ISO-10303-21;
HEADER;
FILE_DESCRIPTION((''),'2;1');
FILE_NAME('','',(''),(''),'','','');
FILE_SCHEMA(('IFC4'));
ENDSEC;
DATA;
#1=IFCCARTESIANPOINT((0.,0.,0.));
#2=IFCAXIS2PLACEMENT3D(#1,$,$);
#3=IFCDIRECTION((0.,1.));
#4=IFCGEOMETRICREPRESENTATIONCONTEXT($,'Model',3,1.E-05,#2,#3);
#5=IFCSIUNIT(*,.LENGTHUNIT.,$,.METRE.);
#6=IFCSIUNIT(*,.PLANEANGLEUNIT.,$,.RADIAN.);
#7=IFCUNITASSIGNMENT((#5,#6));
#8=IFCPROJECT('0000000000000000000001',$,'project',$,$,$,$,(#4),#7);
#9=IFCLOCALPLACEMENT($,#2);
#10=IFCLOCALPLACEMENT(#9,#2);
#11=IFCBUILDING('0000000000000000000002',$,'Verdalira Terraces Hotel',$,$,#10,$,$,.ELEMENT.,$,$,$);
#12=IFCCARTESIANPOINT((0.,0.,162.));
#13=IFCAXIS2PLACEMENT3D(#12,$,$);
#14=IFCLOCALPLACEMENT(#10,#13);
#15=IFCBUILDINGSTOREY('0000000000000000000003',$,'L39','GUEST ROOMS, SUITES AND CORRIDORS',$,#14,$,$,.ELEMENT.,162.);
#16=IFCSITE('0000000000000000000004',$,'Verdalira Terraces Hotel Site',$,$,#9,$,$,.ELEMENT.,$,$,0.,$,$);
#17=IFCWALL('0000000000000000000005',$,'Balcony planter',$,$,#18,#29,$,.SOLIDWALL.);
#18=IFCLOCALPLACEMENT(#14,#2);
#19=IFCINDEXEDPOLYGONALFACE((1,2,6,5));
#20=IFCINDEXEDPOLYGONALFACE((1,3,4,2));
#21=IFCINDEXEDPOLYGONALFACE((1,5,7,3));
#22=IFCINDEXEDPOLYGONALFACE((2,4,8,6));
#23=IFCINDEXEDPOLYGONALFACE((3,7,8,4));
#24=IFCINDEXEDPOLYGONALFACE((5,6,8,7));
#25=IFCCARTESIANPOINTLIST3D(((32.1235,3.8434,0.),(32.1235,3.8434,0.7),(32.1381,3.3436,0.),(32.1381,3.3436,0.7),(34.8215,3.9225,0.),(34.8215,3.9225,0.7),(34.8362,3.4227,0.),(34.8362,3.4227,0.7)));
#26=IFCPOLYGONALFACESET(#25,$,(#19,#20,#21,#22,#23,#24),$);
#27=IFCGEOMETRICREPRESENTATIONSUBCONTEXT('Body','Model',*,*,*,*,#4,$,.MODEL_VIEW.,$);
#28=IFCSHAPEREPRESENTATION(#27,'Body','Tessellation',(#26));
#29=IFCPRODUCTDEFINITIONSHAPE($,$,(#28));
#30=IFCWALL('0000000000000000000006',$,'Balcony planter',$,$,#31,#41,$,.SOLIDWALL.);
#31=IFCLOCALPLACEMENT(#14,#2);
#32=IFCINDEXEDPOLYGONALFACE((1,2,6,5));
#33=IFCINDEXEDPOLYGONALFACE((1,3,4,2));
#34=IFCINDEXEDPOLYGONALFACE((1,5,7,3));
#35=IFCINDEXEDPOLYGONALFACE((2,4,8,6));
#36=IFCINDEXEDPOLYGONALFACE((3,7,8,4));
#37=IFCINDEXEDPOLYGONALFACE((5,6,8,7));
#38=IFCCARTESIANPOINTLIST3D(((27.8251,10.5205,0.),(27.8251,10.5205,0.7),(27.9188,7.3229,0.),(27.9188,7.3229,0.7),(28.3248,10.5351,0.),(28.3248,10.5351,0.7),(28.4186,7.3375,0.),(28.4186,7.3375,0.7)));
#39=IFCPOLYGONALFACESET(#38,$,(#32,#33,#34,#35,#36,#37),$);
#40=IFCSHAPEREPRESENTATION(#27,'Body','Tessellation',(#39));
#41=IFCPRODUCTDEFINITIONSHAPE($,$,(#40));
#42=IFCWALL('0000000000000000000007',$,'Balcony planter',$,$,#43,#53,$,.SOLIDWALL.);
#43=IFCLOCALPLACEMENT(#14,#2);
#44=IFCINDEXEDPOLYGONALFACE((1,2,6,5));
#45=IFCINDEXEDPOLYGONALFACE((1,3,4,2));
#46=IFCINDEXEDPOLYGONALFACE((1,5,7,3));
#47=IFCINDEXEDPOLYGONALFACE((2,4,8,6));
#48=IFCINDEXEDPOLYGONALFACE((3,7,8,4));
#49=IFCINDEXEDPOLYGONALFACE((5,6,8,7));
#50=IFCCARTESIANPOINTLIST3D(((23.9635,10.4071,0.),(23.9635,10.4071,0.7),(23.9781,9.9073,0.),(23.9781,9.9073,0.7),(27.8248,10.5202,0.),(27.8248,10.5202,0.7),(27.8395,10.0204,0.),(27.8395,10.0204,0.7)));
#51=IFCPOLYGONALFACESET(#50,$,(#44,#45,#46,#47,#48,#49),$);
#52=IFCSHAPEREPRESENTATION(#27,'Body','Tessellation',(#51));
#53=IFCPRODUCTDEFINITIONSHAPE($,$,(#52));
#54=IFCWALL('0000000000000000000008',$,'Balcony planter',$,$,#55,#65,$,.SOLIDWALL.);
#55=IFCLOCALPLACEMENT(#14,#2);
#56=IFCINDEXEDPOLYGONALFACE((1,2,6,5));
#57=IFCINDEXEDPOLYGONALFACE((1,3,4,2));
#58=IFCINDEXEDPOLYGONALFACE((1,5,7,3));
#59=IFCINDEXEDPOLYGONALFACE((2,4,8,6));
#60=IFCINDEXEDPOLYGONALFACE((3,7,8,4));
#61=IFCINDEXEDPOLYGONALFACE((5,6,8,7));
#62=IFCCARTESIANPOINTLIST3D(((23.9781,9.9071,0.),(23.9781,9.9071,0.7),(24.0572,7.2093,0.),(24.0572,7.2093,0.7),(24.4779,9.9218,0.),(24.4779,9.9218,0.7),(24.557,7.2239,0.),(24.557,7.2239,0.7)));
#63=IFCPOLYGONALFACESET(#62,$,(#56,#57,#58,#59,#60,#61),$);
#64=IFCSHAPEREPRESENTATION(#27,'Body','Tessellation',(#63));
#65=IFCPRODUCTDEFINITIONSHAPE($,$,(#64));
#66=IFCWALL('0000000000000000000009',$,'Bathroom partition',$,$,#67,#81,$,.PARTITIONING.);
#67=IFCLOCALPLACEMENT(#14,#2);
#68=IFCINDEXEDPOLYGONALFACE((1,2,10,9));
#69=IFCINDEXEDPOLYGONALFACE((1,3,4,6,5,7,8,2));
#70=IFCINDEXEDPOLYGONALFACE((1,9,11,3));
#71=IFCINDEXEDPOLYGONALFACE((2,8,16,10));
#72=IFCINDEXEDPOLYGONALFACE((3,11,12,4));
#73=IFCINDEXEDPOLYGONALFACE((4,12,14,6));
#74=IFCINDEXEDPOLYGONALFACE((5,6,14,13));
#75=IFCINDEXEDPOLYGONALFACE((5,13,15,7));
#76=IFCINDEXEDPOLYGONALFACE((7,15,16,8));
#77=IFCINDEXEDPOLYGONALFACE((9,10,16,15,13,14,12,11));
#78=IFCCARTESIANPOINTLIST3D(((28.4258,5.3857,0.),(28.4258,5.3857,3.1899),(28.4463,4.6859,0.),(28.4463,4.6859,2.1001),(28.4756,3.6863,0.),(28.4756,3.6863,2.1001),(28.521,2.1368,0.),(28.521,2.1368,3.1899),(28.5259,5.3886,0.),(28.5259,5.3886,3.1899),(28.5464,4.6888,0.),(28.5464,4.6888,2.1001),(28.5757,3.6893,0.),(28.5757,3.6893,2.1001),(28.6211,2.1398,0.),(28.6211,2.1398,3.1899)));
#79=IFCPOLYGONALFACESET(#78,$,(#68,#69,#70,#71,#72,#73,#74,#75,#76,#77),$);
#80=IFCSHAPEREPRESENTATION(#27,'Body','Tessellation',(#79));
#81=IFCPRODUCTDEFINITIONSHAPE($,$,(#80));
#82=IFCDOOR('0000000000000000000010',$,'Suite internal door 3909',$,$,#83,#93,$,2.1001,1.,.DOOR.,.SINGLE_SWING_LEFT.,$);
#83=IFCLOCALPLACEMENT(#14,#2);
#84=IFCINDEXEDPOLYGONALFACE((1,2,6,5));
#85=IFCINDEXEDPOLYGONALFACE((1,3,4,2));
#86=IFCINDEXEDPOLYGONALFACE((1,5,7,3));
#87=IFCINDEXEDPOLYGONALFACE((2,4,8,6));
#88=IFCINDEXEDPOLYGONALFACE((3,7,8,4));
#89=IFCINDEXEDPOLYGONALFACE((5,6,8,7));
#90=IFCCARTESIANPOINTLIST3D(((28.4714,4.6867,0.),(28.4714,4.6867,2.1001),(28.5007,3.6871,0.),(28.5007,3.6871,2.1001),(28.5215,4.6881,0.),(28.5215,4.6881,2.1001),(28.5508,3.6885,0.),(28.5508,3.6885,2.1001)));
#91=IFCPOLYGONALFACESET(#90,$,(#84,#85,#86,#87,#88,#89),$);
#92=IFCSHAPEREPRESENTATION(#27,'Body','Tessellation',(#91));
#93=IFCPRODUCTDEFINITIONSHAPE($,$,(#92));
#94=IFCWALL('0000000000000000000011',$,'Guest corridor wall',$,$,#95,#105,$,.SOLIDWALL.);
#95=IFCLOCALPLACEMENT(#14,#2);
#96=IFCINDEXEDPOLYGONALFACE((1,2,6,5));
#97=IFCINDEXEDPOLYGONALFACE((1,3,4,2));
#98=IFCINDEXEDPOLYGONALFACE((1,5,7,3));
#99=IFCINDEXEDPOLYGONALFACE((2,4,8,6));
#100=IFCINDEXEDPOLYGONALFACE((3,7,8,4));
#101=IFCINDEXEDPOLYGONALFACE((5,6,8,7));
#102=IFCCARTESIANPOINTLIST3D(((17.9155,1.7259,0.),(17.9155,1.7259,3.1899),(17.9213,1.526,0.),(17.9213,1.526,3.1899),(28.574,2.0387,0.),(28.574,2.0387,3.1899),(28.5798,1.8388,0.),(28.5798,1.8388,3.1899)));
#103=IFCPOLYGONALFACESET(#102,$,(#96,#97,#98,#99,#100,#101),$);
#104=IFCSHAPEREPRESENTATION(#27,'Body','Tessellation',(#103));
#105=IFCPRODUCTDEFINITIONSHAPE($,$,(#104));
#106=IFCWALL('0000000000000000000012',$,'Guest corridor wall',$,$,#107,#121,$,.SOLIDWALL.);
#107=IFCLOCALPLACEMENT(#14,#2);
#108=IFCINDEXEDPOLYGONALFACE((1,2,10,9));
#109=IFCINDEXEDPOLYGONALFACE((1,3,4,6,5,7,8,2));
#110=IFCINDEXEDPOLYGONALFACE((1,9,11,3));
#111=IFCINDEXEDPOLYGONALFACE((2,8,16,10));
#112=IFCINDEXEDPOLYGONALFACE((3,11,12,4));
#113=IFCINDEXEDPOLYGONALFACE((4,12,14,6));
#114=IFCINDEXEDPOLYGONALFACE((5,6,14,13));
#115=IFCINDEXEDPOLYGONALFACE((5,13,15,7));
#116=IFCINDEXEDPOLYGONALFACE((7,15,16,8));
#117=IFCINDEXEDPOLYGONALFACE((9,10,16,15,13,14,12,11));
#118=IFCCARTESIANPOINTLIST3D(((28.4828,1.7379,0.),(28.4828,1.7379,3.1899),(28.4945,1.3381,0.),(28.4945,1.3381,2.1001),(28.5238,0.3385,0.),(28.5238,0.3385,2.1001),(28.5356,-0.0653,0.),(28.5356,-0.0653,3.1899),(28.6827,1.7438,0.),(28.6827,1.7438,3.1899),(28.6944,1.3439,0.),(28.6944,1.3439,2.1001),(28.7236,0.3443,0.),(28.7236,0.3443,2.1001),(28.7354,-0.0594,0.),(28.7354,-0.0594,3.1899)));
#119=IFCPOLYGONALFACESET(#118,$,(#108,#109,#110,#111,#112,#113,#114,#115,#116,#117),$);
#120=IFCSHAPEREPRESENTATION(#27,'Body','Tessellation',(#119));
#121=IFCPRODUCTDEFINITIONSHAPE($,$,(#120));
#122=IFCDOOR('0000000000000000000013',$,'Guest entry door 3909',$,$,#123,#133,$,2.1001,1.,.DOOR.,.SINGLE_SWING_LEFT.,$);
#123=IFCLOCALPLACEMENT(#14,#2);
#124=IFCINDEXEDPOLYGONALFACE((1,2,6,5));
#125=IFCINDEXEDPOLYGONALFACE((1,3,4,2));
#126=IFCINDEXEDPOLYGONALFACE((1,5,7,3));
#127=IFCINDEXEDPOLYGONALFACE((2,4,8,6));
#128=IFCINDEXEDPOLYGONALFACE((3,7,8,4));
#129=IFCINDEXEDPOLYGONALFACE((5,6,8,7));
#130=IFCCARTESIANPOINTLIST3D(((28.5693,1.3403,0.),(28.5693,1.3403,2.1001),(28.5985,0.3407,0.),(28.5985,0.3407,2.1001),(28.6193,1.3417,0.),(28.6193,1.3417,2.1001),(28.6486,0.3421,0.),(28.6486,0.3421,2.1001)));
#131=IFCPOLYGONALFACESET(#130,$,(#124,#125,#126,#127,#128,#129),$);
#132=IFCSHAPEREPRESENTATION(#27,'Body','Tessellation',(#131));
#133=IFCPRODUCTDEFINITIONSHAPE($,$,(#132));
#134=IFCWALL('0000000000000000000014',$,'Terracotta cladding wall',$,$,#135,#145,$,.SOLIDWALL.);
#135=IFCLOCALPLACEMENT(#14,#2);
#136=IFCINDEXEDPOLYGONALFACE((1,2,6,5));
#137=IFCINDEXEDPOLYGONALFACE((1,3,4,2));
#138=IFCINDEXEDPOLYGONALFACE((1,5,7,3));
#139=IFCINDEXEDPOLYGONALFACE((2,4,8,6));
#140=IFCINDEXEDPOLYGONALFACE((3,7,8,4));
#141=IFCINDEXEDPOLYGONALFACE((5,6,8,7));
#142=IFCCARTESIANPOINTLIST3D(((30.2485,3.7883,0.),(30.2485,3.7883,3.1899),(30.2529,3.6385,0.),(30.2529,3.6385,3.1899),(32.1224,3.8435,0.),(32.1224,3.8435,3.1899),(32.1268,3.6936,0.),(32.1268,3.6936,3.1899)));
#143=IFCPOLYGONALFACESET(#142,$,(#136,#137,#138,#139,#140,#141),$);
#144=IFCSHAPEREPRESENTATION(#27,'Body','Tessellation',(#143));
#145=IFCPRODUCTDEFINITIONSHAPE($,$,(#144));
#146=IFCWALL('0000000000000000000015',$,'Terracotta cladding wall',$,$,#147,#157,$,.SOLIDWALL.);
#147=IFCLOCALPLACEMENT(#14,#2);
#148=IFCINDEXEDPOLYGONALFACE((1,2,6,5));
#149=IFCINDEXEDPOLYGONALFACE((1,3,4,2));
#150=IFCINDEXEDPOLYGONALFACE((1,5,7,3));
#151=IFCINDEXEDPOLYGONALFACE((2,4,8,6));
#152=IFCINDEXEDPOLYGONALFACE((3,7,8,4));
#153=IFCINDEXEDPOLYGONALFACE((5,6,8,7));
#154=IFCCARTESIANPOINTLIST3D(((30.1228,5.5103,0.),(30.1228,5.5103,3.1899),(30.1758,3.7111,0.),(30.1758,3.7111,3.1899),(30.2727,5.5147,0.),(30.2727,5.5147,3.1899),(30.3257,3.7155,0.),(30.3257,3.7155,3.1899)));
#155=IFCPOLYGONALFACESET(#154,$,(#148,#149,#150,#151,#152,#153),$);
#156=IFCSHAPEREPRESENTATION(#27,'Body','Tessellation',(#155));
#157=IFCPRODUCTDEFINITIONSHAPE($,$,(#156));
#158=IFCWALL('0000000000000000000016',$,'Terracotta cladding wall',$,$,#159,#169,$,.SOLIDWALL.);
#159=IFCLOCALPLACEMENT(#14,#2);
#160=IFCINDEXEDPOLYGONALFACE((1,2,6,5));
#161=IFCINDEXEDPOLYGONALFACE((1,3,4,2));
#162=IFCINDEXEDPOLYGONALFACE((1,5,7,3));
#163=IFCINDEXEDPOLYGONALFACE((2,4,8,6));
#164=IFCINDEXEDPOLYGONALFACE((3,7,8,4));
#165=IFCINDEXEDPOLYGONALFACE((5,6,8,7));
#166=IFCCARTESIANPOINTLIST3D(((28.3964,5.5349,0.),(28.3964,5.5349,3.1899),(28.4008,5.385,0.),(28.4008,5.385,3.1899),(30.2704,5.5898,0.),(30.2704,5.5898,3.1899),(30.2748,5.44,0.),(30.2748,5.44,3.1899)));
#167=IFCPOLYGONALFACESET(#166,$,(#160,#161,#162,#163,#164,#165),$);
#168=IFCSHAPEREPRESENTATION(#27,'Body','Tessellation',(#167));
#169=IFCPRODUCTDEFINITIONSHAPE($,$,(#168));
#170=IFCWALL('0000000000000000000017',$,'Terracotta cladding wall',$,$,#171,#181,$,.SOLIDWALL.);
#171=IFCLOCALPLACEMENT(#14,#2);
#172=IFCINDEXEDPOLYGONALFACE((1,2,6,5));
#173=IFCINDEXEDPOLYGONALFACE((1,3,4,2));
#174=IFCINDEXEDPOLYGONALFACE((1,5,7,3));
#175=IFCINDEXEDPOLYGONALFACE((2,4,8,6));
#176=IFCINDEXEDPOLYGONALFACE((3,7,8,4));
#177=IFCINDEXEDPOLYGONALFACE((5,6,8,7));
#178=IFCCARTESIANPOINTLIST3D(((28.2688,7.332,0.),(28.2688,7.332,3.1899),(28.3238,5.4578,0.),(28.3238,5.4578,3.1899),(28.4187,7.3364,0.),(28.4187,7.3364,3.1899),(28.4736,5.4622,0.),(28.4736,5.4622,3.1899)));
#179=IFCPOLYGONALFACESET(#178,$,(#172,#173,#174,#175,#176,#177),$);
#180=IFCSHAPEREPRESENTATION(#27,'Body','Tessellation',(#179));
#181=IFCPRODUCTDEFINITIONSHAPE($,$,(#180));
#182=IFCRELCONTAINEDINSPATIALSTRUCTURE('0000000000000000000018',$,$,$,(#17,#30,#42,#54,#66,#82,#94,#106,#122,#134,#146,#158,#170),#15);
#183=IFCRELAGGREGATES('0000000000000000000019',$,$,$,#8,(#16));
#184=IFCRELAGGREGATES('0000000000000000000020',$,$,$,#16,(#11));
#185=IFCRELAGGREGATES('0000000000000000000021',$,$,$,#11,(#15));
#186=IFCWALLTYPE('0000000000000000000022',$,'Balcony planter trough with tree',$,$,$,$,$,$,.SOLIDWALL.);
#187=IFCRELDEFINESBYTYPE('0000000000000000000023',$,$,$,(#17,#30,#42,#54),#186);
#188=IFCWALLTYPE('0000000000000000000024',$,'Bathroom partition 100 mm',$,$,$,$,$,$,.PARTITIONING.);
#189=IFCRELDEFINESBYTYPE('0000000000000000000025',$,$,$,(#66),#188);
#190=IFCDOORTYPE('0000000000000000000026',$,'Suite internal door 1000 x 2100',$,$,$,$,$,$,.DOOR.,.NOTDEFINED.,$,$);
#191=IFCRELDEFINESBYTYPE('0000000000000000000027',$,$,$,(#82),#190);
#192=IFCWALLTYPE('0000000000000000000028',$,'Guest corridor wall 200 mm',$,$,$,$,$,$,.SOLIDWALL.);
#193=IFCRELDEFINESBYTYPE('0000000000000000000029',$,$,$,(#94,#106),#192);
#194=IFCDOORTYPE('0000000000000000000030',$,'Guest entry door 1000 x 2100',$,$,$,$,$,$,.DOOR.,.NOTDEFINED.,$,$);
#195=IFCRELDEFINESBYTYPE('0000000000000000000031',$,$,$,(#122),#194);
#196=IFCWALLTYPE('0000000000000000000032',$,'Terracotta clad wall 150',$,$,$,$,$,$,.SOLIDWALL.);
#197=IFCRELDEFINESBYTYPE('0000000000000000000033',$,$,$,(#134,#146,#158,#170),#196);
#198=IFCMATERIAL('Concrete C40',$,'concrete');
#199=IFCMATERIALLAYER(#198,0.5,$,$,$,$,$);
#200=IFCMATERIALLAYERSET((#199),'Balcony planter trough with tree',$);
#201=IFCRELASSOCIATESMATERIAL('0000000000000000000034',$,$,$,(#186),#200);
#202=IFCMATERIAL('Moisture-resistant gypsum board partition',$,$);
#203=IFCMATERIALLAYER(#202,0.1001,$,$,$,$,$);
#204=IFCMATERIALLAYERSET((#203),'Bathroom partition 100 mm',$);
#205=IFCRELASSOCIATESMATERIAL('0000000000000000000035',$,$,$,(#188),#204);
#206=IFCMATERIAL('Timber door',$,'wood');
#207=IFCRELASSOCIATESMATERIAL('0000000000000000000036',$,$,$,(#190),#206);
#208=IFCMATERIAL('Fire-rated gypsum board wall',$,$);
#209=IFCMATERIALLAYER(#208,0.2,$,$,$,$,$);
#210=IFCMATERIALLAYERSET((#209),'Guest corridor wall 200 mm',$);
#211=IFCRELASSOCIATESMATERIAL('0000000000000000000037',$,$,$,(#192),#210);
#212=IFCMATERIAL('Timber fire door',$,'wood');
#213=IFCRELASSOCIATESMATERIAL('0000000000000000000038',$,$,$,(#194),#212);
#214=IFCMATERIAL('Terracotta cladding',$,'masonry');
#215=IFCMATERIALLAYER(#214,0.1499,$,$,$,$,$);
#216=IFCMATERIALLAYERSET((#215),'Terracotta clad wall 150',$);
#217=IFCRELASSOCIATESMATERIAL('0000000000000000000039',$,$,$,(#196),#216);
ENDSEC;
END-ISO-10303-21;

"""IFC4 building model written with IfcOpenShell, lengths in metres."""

from ifc_helpers import new_model, si_unit, direction, frame, frame_2d, origin, place, context, subcontext, project, spatial, rectangle, extrude, material, layer, layer_set, type_object, element, fill, save


model = new_model("IFC4")

# Units and contexts
model_context = context("Model", 3, precision=1e-05, world=origin(), true_north=direction((0.0, 1.0)))
body_context = subcontext(model_context, "Body", "Model", "MODEL_VIEW")
ifc_project = project(units=[si_unit("LENGTHUNIT", "METRE"), si_unit("PLANEANGLEUNIT", "RADIAN")], contexts=[model_context])

# Site, building, storey
site_placement = place(None, origin())
site = spatial("IfcSite", under=ifc_project, at=site_placement, Name="Verdalira Terraces Hotel Site", CompositionType="ELEMENT", RefElevation=0.0)
building_placement = place(site_placement, origin())
building = spatial("IfcBuilding", under=site, at=building_placement, Name="Verdalira Terraces Hotel", CompositionType="ELEMENT")
storey_placement = place(building_placement, frame((0.0, 0.0, 162.0)))
storey = spatial("IfcBuildingStorey", under=building, at=storey_placement, Name="L39", Description="GUEST ROOMS, SUITES AND CORRIDORS", CompositionType="ELEMENT", Elevation=162.0)

# Walls
ifc_material_1 = material(Name="Concrete C40", Category="concrete")
ifc_layer_1 = layer(ifc_material_1, 0.5)
ifc_layer_set_1 = layer_set([ifc_layer_1], Name="Balcony planter trough with tree")
wall_type_1 = type_object("IfcWallType", Name="Balcony planter trough with tree", PredefinedType="SOLIDWALL", material=ifc_layer_set_1)
wall_1_placement = place(storey_placement, frame((34.8289, 3.6726, 0.0), z_axis=(0.0, 0.0, 1.0), x_axis=(-0.99957, -0.029306, 0.0)))
element("IfcWall", 1, at=wall_1_placement, inside=storey, type_object=wall_type_1, Name="Balcony planter", PredefinedType="SOLIDWALL", context=body_context, shape_type="SweptSolid", body=[
    extrude(rectangle(XDim=2.6992, YDim=0.5, at=frame_2d((1.3496, 0.0))), origin(), (0.0, 0.0, 1.0), 0.7),
])
wall_2_placement = place(storey_placement, frame((28.1687, 7.3301, 0.0), z_axis=(0.0, 0.0, 1.0), x_axis=(-0.029307, 0.99957, 0.0)))
element("IfcWall", 2, at=wall_2_placement, inside=storey, type_object=wall_type_1, Name="Balcony planter", PredefinedType="SOLIDWALL", context=body_context, shape_type="SweptSolid", body=[
    extrude(rectangle(XDim=3.199, YDim=0.5, at=frame_2d((1.5996, 0.0))), origin(), (0.0, 0.0, 1.0), 0.7),
])
wall_3_placement = place(storey_placement, frame((27.8323, 10.2703, 0.0), z_axis=(0.0, 0.0, 1.0), x_axis=(-0.999572, -0.029262, 0.0)))
element("IfcWall", 3, at=wall_3_placement, inside=storey, type_object=wall_type_1, Name="Balcony planter", PredefinedType="SOLIDWALL", context=body_context, shape_type="SweptSolid", body=[
    extrude(rectangle(XDim=3.863, YDim=0.5, at=frame_2d((1.9316, 0.0))), origin(), (0.0, 0.0, 1.0), 0.7),
])
wall_4_placement = place(storey_placement, frame((24.228, 9.9146, 0.0), z_axis=(0.0, 0.0, 1.0), x_axis=(0.029309, -0.99957, 0.0)))
element("IfcWall", 4, at=wall_4_placement, inside=storey, type_object=wall_type_1, Name="Balcony planter", PredefinedType="SOLIDWALL", context=body_context, shape_type="SweptSolid", body=[
    extrude(rectangle(XDim=2.699, YDim=0.5, at=frame_2d((1.3496, 0.0))), origin(), (0.0, 0.0, 1.0), 0.7),
])

# Wall, opening, door
ifc_material_2 = material(Name="Moisture-resistant gypsum board partition")
ifc_layer_2 = layer(ifc_material_2, 0.1001)
ifc_layer_set_2 = layer_set([ifc_layer_2], Name="Bathroom partition 100 mm")
wall_type_2 = type_object("IfcWallType", Name="Bathroom partition 100 mm", PredefinedType="PARTITIONING", material=ifc_layer_set_2)
wall_5_placement = place(storey_placement, frame((28.571, 2.1384, 0.0), z_axis=(0.0, 0.0, 1.0), x_axis=(-0.029295, 0.999571, 0.0)))
wall_5 = element("IfcWall", 5, at=wall_5_placement, inside=storey, type_object=wall_type_2, Name="Bathroom partition", PredefinedType="PARTITIONING", context=body_context, shape_type="SweptSolid", body=[
    extrude(rectangle(XDim=3.2502, YDim=0.1001, at=frame_2d((1.625, 0.0))), origin(), (0.0, 0.0, 1.0), 3.1899),
])
opening_1_placement = place(wall_5_placement, frame((1.55, 0.0, 0.0)))
opening_1 = element("IfcOpeningElement", 6, at=opening_1_placement, cuts=wall_5, PredefinedType="OPENING", context=body_context, shape_type="SweptSolid", body=[
    extrude(rectangle(XDim=1.0, YDim=2.1001, at=frame_2d((0.5, 1.05))), frame((0.0, 0.0601, 0.0), z_axis=(0.0, -1.0, 0.0), x_axis=(1.0, 0.0, 0.0)), (0.0, 0.0, 1.0), 0.1201),
])
ifc_material_3 = material(Name="Timber door", Category="wood")
door_type_1 = type_object("IfcDoorType", Name="Suite internal door 1000 x 2100", OperationType="NOTDEFINED", PredefinedType="DOOR", material=ifc_material_3)
door_1_placement = place(opening_1_placement, origin())
door_1 = element("IfcDoor", 7, at=door_1_placement, inside=storey, type_object=door_type_1, Name="Suite internal door 3909", OperationType="SINGLE_SWING_LEFT", OverallHeight=2.1001, OverallWidth=1.0, PredefinedType="DOOR", context=body_context, shape_type="SweptSolid", body=[
    extrude(rectangle(XDim=1.0, YDim=2.1001, at=frame_2d((0.5, 1.05))), frame((0.0, 0.0249, 0.0), z_axis=(0.0, -1.0, 0.0), x_axis=(1.0, 0.0, 0.0)), (0.0, 0.0, 1.0), 0.05),
])
fill(opening_1, door_1)

# Wall
ifc_material_4 = material(Name="Fire-rated gypsum board wall")
ifc_layer_3 = layer(ifc_material_4, 0.2)
ifc_layer_set_3 = layer_set([ifc_layer_3], Name="Guest corridor wall 200 mm")
wall_type_3 = type_object("IfcWallType", Name="Guest corridor wall 200 mm", PredefinedType="SOLIDWALL", material=ifc_layer_set_3)
wall_6_placement = place(storey_placement, frame((28.5769, 1.9387, 0.0), z_axis=(0.0, 0.0, 1.0), x_axis=(-0.99957, -0.02933, 0.0)))
element("IfcWall", 8, at=wall_6_placement, inside=storey, type_object=wall_type_3, Name="Guest corridor wall", PredefinedType="SOLIDWALL", context=body_context, shape_type="SweptSolid", body=[
    extrude(rectangle(XDim=10.6631, YDim=0.2, at=frame_2d((5.3315, 0.0))), origin(), (0.0, 0.0, 1.0), 3.1899),
])

# Wall, opening, door
wall_7_placement = place(storey_placement, frame((28.5828, 1.7407, 0.0), z_axis=(0.0, 0.0, 1.0), x_axis=(0.029232, -0.999573, 0.0)))
wall_7 = element("IfcWall", 9, at=wall_7_placement, inside=storey, type_object=wall_type_3, Name="Guest corridor wall", PredefinedType="SOLIDWALL", context=body_context, shape_type="SweptSolid", body=[
    extrude(rectangle(XDim=1.804, YDim=0.2, at=frame_2d((0.9019, 0.0))), origin(), (0.0, 0.0, 1.0), 3.1899),
])
opening_2_placement = place(wall_7_placement, frame((0.3999, 0.0, 0.0)))
opening_2 = element("IfcOpeningElement", 10, at=opening_2_placement, cuts=wall_7, PredefinedType="OPENING", context=body_context, shape_type="SweptSolid", body=[
    extrude(rectangle(XDim=1.0, YDim=2.1001, at=frame_2d((0.5, 1.05))), frame((0.0, 0.1099, 0.0), z_axis=(0.0, -1.0, 0.0), x_axis=(1.0, 0.0, 0.0)), (0.0, 0.0, 1.0), 0.22),
])
ifc_material_5 = material(Name="Timber fire door", Category="wood")
door_type_2 = type_object("IfcDoorType", Name="Guest entry door 1000 x 2100", OperationType="NOTDEFINED", PredefinedType="DOOR", material=ifc_material_5)
door_2_placement = place(opening_2_placement, origin())
door_2 = element("IfcDoor", 11, at=door_2_placement, inside=storey, type_object=door_type_2, Name="Guest entry door 3909", OperationType="SINGLE_SWING_LEFT", OverallHeight=2.1001, OverallWidth=1.0, PredefinedType="DOOR", context=body_context, shape_type="SweptSolid", body=[
    extrude(rectangle(XDim=1.0, YDim=2.1001, at=frame_2d((0.5, 1.05))), frame((0.0, 0.0249, 0.0), z_axis=(0.0, -1.0, 0.0), x_axis=(1.0, 0.0, 0.0)), (0.0, 0.0, 1.0), 0.05),
])
fill(opening_2, door_2)

# Walls
ifc_material_6 = material(Name="Terracotta cladding", Category="masonry")
ifc_layer_4 = layer(ifc_material_6, 0.1499)
ifc_layer_set_4 = layer_set([ifc_layer_4], Name="Terracotta clad wall 150")
wall_type_4 = type_object("IfcWallType", Name="Terracotta clad wall 150", PredefinedType="SOLIDWALL", material=ifc_layer_set_4)
wall_8_placement = place(storey_placement, frame((32.1248, 3.7686, 0.0), z_axis=(0.0, 0.0, 1.0), x_axis=(-0.999567, -0.02943, 0.0)))
element("IfcWall", 12, at=wall_8_placement, inside=storey, type_object=wall_type_4, Name="Terracotta cladding wall", PredefinedType="SOLIDWALL", context=body_context, shape_type="SweptSolid", body=[
    extrude(rectangle(XDim=1.8748, YDim=0.1499, at=frame_2d((0.9375, 0.0))), origin(), (0.0, 0.0, 1.0), 3.1899),
])
wall_9_placement = place(storey_placement, frame((30.2507, 3.7134, 0.0), z_axis=(0.0, 0.0, 1.0), x_axis=(-0.029431, 0.999567, 0.0)))
element("IfcWall", 13, at=wall_9_placement, inside=storey, type_object=wall_type_4, Name="Terracotta cladding wall", PredefinedType="SOLIDWALL", context=body_context, shape_type="SweptSolid", body=[
    extrude(rectangle(XDim=1.8, YDim=0.1499, at=frame_2d((0.8999, 0.0))), origin(), (0.0, 0.0, 1.0), 3.1899),
])
wall_10_placement = place(storey_placement, frame((30.2727, 5.5149, 0.0), z_axis=(0.0, 0.0, 1.0), x_axis=(-0.999571, -0.0293, 0.0)))
element("IfcWall", 14, at=wall_10_placement, inside=storey, type_object=wall_type_4, Name="Terracotta cladding wall", PredefinedType="SOLIDWALL", context=body_context, shape_type="SweptSolid", body=[
    extrude(rectangle(XDim=1.8748, YDim=0.1499, at=frame_2d((0.9375, 0.0))), origin(), (0.0, 0.0, 1.0), 3.1899),
])
wall_11_placement = place(storey_placement, frame((28.3987, 5.46, 0.0), z_axis=(0.0, 0.0, 1.0), x_axis=(-0.029296, 0.999571, 0.0)))
element("IfcWall", 15, at=wall_11_placement, inside=storey, type_object=wall_type_4, Name="Terracotta cladding wall", PredefinedType="SOLIDWALL", context=body_context, shape_type="SweptSolid", body=[
    extrude(rectangle(XDim=1.875, YDim=0.1499, at=frame_2d((0.9375, 0.0))), origin(), (0.0, 0.0, 1.0), 3.1899),
])

save(model, "model.ifc")
